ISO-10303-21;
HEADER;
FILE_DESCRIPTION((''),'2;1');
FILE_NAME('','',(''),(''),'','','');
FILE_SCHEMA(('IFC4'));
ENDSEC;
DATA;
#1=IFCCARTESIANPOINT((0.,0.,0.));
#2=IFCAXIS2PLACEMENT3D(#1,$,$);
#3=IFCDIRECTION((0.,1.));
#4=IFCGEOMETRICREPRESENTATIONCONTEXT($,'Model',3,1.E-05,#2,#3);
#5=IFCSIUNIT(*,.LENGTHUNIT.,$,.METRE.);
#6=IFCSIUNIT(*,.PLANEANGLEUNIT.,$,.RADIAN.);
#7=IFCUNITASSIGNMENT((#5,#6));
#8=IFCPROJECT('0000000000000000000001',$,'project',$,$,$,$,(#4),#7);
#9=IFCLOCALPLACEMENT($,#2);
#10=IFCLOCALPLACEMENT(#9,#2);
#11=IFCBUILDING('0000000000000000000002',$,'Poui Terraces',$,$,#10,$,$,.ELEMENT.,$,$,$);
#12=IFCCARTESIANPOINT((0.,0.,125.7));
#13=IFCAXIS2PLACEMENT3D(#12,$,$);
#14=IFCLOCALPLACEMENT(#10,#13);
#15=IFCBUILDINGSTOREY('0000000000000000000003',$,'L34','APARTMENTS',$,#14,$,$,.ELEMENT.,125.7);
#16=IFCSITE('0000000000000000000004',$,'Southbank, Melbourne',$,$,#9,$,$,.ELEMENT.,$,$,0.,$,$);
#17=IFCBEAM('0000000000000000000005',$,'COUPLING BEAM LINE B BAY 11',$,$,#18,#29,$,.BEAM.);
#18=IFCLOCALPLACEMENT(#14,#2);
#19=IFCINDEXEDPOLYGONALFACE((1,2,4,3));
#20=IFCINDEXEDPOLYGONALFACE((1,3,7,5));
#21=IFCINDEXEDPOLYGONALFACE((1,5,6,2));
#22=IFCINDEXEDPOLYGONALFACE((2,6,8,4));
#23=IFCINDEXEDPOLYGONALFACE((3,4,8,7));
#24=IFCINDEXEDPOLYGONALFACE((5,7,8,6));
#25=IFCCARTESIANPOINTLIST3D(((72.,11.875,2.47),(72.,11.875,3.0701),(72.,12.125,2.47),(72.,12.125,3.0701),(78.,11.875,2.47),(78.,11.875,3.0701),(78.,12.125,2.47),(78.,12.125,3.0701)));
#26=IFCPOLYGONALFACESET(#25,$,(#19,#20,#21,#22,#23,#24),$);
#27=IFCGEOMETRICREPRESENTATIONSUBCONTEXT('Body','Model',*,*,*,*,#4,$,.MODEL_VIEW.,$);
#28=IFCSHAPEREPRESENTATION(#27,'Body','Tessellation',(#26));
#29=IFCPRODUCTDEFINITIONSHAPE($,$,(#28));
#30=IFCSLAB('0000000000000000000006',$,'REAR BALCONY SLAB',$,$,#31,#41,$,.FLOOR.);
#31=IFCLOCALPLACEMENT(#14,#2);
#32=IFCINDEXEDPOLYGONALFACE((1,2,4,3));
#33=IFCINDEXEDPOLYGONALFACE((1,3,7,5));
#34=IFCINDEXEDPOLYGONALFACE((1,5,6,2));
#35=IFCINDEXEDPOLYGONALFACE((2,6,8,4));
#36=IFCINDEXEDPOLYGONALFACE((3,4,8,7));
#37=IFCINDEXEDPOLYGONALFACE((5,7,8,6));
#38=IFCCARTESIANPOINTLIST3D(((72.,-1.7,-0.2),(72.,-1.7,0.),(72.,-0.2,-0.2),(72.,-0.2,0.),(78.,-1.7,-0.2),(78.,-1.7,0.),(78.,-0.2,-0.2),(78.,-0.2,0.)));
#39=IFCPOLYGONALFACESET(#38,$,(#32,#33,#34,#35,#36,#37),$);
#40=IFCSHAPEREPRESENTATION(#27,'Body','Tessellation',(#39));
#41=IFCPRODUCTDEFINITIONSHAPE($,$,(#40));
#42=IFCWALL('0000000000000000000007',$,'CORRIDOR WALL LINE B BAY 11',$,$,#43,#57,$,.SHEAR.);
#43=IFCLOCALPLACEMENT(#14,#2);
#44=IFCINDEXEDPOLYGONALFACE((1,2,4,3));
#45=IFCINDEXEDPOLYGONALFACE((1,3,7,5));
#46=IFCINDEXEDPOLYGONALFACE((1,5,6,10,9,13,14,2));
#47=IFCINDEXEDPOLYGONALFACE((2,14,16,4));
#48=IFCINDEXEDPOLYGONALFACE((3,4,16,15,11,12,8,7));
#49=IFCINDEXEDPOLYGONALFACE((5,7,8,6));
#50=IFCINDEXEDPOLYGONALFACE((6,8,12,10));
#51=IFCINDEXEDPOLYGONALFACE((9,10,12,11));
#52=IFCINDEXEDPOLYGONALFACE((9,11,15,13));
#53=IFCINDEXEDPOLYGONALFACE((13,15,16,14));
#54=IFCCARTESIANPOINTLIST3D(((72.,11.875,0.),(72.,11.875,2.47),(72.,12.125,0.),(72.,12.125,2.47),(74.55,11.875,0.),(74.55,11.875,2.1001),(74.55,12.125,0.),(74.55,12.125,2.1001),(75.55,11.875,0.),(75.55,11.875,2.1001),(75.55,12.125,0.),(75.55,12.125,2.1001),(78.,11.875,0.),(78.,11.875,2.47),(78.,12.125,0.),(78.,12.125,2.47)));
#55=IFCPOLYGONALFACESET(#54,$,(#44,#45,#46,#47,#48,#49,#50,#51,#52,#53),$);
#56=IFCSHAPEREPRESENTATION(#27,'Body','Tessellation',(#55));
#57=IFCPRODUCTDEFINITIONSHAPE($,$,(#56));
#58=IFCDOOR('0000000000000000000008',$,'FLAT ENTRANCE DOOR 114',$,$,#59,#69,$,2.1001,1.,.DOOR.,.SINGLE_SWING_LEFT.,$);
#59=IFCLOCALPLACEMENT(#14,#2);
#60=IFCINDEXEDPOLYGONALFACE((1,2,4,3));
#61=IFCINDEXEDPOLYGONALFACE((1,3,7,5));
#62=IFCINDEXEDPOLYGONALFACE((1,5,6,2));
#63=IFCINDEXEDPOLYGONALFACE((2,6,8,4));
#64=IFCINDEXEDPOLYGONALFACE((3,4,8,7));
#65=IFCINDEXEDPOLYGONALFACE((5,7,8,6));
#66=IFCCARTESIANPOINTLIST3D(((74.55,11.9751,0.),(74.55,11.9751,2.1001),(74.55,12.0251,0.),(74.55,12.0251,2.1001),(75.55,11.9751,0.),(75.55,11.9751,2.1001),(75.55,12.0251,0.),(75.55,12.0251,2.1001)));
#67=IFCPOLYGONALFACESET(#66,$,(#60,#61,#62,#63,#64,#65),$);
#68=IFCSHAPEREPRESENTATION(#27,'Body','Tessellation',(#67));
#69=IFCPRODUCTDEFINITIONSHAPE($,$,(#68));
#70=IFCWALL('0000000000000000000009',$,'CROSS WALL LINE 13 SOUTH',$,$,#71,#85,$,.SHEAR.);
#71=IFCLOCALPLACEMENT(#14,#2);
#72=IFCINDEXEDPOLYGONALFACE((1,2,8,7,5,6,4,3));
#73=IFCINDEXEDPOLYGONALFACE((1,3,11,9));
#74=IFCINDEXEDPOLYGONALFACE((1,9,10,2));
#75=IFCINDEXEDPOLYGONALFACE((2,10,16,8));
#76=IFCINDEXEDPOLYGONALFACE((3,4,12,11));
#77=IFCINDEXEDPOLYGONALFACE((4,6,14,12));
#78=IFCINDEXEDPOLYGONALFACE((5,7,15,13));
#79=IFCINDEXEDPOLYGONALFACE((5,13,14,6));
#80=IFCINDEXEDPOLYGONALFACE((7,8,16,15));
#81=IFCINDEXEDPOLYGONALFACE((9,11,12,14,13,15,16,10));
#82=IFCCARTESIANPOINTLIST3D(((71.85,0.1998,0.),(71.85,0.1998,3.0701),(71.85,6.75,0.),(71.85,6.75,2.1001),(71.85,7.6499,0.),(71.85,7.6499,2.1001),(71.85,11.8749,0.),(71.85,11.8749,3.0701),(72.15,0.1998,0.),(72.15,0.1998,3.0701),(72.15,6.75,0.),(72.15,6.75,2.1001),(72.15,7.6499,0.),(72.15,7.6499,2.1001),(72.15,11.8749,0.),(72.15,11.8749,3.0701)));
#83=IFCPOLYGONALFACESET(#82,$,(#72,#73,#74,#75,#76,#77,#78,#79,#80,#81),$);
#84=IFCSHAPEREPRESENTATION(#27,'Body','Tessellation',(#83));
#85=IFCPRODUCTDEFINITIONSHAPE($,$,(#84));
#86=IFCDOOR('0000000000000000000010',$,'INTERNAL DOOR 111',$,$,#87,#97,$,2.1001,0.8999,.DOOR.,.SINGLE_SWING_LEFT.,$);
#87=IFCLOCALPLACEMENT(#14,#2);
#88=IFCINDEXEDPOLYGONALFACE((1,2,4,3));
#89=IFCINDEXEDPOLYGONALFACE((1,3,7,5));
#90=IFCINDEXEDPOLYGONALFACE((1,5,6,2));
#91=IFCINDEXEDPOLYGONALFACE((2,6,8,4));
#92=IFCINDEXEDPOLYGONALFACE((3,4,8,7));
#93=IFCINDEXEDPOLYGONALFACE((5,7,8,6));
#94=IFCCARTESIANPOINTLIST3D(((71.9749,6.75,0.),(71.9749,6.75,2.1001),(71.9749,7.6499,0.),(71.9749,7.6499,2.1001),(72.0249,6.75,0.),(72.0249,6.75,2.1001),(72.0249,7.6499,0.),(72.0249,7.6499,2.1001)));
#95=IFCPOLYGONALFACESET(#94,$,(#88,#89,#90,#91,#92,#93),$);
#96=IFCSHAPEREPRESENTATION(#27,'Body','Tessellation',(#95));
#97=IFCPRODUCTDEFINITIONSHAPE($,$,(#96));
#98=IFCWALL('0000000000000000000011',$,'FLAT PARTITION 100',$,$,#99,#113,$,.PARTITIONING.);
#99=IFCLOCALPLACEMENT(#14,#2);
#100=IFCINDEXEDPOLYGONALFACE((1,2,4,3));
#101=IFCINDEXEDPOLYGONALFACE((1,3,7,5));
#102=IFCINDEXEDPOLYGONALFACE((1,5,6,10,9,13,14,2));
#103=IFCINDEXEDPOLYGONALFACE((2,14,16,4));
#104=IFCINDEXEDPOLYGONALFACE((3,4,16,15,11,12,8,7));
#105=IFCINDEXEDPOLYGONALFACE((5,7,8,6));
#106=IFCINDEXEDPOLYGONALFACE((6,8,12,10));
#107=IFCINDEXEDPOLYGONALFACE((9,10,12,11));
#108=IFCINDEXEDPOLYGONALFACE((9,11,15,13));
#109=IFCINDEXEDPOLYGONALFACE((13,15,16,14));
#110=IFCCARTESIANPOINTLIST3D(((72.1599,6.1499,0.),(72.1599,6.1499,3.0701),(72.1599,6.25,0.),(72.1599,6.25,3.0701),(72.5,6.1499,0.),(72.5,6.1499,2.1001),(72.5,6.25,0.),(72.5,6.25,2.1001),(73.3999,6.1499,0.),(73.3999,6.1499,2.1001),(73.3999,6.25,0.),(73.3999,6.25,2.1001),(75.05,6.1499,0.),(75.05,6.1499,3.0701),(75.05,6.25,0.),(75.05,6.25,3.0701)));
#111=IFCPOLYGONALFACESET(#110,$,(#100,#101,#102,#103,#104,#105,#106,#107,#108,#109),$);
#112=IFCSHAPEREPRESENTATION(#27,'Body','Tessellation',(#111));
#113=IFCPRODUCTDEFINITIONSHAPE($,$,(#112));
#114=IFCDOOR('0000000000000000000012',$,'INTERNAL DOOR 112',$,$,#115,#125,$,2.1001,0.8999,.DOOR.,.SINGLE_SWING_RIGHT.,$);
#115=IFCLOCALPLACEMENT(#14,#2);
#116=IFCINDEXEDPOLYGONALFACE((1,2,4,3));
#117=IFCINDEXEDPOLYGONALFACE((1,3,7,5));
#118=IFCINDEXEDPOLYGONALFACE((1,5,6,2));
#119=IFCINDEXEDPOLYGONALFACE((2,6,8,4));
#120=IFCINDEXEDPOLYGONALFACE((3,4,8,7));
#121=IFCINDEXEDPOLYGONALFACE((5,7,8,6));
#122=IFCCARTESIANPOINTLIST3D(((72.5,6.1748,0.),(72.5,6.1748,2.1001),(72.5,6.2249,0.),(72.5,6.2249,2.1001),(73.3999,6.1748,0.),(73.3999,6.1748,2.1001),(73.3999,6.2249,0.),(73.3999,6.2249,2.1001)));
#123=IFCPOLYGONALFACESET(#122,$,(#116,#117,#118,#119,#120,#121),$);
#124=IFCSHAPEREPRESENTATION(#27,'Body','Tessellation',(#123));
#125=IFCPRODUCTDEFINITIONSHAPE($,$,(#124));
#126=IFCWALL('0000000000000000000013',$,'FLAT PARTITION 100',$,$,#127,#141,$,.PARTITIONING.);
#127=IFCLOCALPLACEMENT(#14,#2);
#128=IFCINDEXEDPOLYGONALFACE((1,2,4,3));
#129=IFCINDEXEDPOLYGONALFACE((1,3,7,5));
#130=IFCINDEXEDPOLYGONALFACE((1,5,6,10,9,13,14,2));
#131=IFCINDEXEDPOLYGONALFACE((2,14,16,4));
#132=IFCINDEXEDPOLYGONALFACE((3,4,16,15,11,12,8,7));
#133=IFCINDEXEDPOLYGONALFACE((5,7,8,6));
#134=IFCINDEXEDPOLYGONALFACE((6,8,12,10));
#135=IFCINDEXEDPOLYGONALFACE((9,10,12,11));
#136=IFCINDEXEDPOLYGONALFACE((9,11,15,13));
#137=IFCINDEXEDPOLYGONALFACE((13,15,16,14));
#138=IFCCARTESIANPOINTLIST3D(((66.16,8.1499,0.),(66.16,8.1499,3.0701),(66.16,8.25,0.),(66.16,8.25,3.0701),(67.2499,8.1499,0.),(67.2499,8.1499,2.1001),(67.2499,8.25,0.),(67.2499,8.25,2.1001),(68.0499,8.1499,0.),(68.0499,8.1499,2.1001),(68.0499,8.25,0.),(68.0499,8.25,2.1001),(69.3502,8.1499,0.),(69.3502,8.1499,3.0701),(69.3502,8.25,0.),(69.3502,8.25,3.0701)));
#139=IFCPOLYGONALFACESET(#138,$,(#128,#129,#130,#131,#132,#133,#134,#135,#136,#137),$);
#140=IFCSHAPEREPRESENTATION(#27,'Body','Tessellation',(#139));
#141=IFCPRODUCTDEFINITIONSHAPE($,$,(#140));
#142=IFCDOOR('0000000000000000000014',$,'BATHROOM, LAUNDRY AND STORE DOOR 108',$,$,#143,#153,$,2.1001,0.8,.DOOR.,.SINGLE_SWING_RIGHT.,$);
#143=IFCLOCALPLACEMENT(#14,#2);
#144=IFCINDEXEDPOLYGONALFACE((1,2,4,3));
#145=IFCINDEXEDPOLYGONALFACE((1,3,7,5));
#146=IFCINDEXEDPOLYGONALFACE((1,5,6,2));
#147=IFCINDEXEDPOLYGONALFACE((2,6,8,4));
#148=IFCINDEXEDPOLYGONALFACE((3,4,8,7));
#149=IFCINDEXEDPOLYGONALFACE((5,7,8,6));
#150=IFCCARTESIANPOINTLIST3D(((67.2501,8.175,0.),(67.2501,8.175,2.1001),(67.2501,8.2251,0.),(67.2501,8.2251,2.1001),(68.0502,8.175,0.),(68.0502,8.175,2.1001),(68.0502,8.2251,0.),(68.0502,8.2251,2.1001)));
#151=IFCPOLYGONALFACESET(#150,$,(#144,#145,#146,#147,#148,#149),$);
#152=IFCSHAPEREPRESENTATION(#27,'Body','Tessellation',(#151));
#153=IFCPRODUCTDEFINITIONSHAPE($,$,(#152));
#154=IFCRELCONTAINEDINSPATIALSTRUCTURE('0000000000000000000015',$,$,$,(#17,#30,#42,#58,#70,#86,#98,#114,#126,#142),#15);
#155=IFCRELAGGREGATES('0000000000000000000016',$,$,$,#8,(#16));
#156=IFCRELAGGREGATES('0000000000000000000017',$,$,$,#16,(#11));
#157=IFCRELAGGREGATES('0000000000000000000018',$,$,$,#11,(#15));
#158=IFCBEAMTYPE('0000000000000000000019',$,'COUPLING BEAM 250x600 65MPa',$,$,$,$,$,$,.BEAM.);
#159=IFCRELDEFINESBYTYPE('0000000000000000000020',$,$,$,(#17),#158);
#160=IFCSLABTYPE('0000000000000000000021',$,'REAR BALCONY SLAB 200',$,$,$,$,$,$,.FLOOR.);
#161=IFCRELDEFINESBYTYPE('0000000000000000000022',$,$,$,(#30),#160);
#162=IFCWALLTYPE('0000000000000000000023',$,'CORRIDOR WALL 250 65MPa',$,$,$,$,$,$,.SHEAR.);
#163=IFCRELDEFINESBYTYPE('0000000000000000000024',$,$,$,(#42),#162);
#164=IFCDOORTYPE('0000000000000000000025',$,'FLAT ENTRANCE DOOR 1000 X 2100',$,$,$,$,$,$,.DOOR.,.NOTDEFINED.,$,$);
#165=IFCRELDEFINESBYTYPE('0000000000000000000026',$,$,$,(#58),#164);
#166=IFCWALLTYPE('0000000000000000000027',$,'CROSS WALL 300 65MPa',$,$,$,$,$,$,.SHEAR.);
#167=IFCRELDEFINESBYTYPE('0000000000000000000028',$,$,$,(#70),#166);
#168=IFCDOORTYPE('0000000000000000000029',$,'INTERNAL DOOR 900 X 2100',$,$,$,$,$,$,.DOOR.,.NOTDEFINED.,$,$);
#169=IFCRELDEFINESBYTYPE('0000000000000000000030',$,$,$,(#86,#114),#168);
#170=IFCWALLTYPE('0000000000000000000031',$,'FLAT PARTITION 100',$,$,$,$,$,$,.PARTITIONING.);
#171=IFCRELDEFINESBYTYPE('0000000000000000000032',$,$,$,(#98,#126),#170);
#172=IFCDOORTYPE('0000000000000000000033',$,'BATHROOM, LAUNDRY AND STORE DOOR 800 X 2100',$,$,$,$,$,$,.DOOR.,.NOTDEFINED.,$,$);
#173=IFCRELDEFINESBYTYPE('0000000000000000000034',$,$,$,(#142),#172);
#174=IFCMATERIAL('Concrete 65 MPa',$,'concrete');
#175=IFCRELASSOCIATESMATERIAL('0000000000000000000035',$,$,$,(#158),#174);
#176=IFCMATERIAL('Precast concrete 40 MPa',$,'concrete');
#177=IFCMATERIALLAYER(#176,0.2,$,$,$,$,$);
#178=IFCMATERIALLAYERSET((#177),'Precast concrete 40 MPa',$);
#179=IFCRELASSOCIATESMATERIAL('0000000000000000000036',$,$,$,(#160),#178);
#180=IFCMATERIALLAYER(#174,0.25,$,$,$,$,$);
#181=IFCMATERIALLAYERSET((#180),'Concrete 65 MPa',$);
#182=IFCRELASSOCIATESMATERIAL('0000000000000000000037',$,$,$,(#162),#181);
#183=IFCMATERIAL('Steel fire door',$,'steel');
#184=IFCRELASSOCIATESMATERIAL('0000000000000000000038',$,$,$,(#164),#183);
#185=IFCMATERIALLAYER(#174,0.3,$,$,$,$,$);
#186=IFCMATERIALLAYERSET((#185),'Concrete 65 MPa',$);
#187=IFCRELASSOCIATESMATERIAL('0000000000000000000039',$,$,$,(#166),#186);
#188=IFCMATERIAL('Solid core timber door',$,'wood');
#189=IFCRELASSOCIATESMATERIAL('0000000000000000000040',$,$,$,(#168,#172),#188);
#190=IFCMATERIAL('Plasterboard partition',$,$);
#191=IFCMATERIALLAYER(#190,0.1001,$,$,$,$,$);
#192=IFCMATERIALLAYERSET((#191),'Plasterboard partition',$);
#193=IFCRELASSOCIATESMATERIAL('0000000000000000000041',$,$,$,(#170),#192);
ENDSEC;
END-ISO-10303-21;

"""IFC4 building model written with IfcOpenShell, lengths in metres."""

from ifc_helpers import new_model, si_unit, direction, frame, frame_2d, origin, origin_2d, place, context, subcontext, project, spatial, polyline, rectangle, outline, extrude, source, transform, mapped, material, layer, layer_set, material_profile, profile_set, type_object, element, fill, save


model = new_model("IFC4")

# Units and contexts
model_context = context("Model", 3, precision=1e-05, world=origin(), true_north=direction((0.0, 1.0)))
body_context = subcontext(model_context, "Body", "Model", "MODEL_VIEW")
ifc_project = project(units=[si_unit("LENGTHUNIT", "METRE"), si_unit("PLANEANGLEUNIT", "RADIAN")], contexts=[model_context])

# Site, building, storey
site_placement = place(None, origin())
site = spatial("IfcSite", under=ifc_project, at=site_placement, Name="Southbank, Melbourne", CompositionType="ELEMENT", RefElevation=0.0)
building_placement = place(site_placement, origin())
building = spatial("IfcBuilding", under=site, at=building_placement, Name="Poui Terraces", CompositionType="ELEMENT")
storey_placement = place(building_placement, frame((0.0, 0.0, 125.7)))
storey = spatial("IfcBuildingStorey", under=building, at=storey_placement, Name="L34", Description="APARTMENTS", CompositionType="ELEMENT", Elevation=125.7)

# Beam
ifc_material_1 = material(Name="Concrete 65 MPa", Category="concrete")
ifc_material_profile_1 = material_profile(ifc_material_1, rectangle(XDim=0.25, YDim=0.6001, at=origin_2d()), Name="RC 250x600")
ifc_profile_set_1 = profile_set([ifc_material_profile_1], Name="Concrete 65 MPa")
beam_type = type_object("IfcBeamType", Name="COUPLING BEAM 250x600 65MPa", PredefinedType="BEAM", material=ifc_profile_set_1)
shared_shape_1 = source(origin(), body_context, "Body", "SweptSolid", [
    extrude(rectangle(XDim=0.25, YDim=0.6001, at=origin_2d()), origin(), (0.0, 0.0, 1.0), 6.0),
])
beam_placement = place(storey_placement, frame((72.0, 12.0, 2.77), z_axis=(1.0, 0.0, 0.0), x_axis=(0.0, 1.0, 0.0)))
element("IfcBeam", 1, at=beam_placement, inside=storey, type_object=beam_type, Name="COUPLING BEAM LINE B BAY 11", PredefinedType="BEAM", context=body_context, shape_type="MappedRepresentation", body=[
    mapped(shared_shape_1, transform((0.0, 0.0, 0.0))),
])

# Slab
ifc_material_2 = material(Name="Precast concrete 40 MPa", Category="concrete")
ifc_layer_1 = layer(ifc_material_2, 0.2)
ifc_layer_set_1 = layer_set([ifc_layer_1], Name="Precast concrete 40 MPa")
slab_type = type_object("IfcSlabType", Name="REAR BALCONY SLAB 200", PredefinedType="FLOOR", material=ifc_layer_set_1)
shared_shape_2 = source(origin(), body_context, "Body", "SweptSolid", [
    extrude(outline(polyline([(0.0, 0.0), (6.0, 0.0), (6.0, 1.5), (0.0, 1.5), (0.0, 0.0)])), origin(), (0.0, 0.0, 1.0), 0.2),
])
slab_placement = place(storey_placement, frame((72.0, -1.7, -0.2)))
element("IfcSlab", 2, at=slab_placement, inside=storey, type_object=slab_type, Name="REAR BALCONY SLAB", PredefinedType="FLOOR", context=body_context, shape_type="MappedRepresentation", body=[
    mapped(shared_shape_2, transform((0.0, 0.0, 0.0))),
])

# Walls, openings, doors
ifc_layer_2 = layer(ifc_material_1, 0.25)
ifc_layer_set_2 = layer_set([ifc_layer_2], Name="Concrete 65 MPa")
wall_type_1 = type_object("IfcWallType", Name="CORRIDOR WALL 250 65MPa", PredefinedType="SHEAR", material=ifc_layer_set_2)
wall_1_placement = place(storey_placement, frame((72.0, 12.0, 0.0), z_axis=(0.0, 0.0, 1.0), x_axis=(1.0, 0.0, 0.0)))
wall_1 = element("IfcWall", 3, at=wall_1_placement, inside=storey, type_object=wall_type_1, Name="CORRIDOR WALL LINE B BAY 11", PredefinedType="SHEAR", context=body_context, shape_type="SweptSolid", body=[
    extrude(rectangle(XDim=6.0, YDim=0.25, at=frame_2d((3.0, 0.0))), origin(), (0.0, 0.0, 1.0), 2.47),
])
opening_1_placement = place(wall_1_placement, frame((2.55, 0.0, 0.0)))
opening_1 = element("IfcOpeningElement", 4, at=opening_1_placement, cuts=wall_1, PredefinedType="OPENING", context=body_context, shape_type="SweptSolid", body=[
    extrude(rectangle(XDim=1.0, YDim=2.1001, at=frame_2d((0.5, 1.05))), frame((0.0, 0.135, 0.0), z_axis=(0.0, -1.0, 0.0), x_axis=(1.0, 0.0, 0.0)), (0.0, 0.0, 1.0), 0.27),
])
ifc_material_3 = material(Name="Steel fire door", Category="steel")
door_type_1 = type_object("IfcDoorType", Name="FLAT ENTRANCE DOOR 1000 X 2100", OperationType="NOTDEFINED", PredefinedType="DOOR", material=ifc_material_3)
door_1_placement = place(opening_1_placement, frame((1.0, 0.0, 0.0), z_axis=(0.0, 0.0, 1.0), x_axis=(-1.0, 0.0, 0.0)))
door_1 = element("IfcDoor", 5, at=door_1_placement, inside=storey, type_object=door_type_1, Name="FLAT ENTRANCE DOOR 114", OperationType="SINGLE_SWING_LEFT", OverallHeight=2.1001, OverallWidth=1.0, PredefinedType="DOOR", context=body_context, shape_type="SweptSolid", body=[
    extrude(rectangle(XDim=1.0, YDim=2.1001, at=frame_2d((0.5, 1.05))), frame((0.0, 0.0249, 0.0), z_axis=(0.0, -1.0, 0.0), x_axis=(1.0, 0.0, 0.0)), (0.0, 0.0, 1.0), 0.05),
])
fill(opening_1, door_1)
ifc_layer_3 = layer(ifc_material_1, 0.3)
ifc_layer_set_3 = layer_set([ifc_layer_3], Name="Concrete 65 MPa")
wall_type_2 = type_object("IfcWallType", Name="CROSS WALL 300 65MPa", PredefinedType="SHEAR", material=ifc_layer_set_3)
wall_2_placement = place(storey_placement, frame((72.0, 0.2, 0.0), z_axis=(0.0, 0.0, 1.0), x_axis=(0.0, 1.0, 0.0)))
wall_2 = element("IfcWall", 6, at=wall_2_placement, inside=storey, type_object=wall_type_2, Name="CROSS WALL LINE 13 SOUTH", PredefinedType="SHEAR", context=body_context, shape_type="SweptSolid", body=[
    extrude(rectangle(XDim=11.675, YDim=0.3, at=frame_2d((5.8374, 0.0))), origin(), (0.0, 0.0, 1.0), 3.0701),
])
opening_2_placement = place(wall_2_placement, frame((6.55, 0.0, 0.0)))
opening_2 = element("IfcOpeningElement", 7, at=opening_2_placement, cuts=wall_2, PredefinedType="OPENING", context=body_context, shape_type="SweptSolid", body=[
    extrude(rectangle(XDim=0.8999, YDim=2.1001, at=frame_2d((0.45, 1.05))), frame((0.0, 0.1602, 0.0), z_axis=(0.0, -1.0, 0.0), x_axis=(1.0, 0.0, 0.0)), (0.0, 0.0, 1.0), 0.3201),
])
ifc_material_4 = material(Name="Solid core timber door", Category="wood")
door_type_2 = type_object("IfcDoorType", Name="INTERNAL DOOR 900 X 2100", OperationType="NOTDEFINED", PredefinedType="DOOR", material=ifc_material_4)
door_2_placement = place(opening_2_placement, frame((0.8999, 0.0, 0.0), z_axis=(0.0, 0.0, 1.0), x_axis=(-1.0, 0.0, 0.0)))
door_2 = element("IfcDoor", 8, at=door_2_placement, inside=storey, type_object=door_type_2, Name="INTERNAL DOOR 111", OperationType="SINGLE_SWING_LEFT", OverallHeight=2.1001, OverallWidth=0.8999, PredefinedType="DOOR", context=body_context, shape_type="SweptSolid", body=[
    extrude(rectangle(XDim=0.8999, YDim=2.1001, at=frame_2d((0.45, 1.05))), frame((0.0, 0.0249, 0.0), z_axis=(0.0, -1.0, 0.0), x_axis=(1.0, 0.0, 0.0)), (0.0, 0.0, 1.0), 0.05),
])
fill(opening_2, door_2)
ifc_material_5 = material(Name="Plasterboard partition")
ifc_layer_4 = layer(ifc_material_5, 0.1001)
ifc_layer_set_4 = layer_set([ifc_layer_4], Name="Plasterboard partition")
wall_type_3 = type_object("IfcWallType", Name="FLAT PARTITION 100", PredefinedType="PARTITIONING", material=ifc_layer_set_4)
wall_3_placement = place(storey_placement, frame((72.1599, 6.2, 0.0), z_axis=(0.0, 0.0, 1.0), x_axis=(1.0, 0.0, 0.0)))
wall_3 = element("IfcWall", 9, at=wall_3_placement, inside=storey, type_object=wall_type_3, Name="FLAT PARTITION 100", PredefinedType="PARTITIONING", context=body_context, shape_type="SweptSolid", body=[
    extrude(rectangle(XDim=2.8901, YDim=0.1001, at=frame_2d((1.4451, 0.0))), origin(), (0.0, 0.0, 1.0), 3.0701),
])
opening_3_placement = place(wall_3_placement, frame((0.3401, 0.0, 0.0)))
opening_3 = element("IfcOpeningElement", 10, at=opening_3_placement, cuts=wall_3, PredefinedType="OPENING", context=body_context, shape_type="SweptSolid", body=[
    extrude(rectangle(XDim=0.8999, YDim=2.1001, at=frame_2d((0.45, 1.05))), frame((0.0, 0.0601, 0.0), z_axis=(0.0, -1.0, 0.0), x_axis=(1.0, 0.0, 0.0)), (0.0, 0.0, 1.0), 0.1201),
])
door_3_placement = place(opening_3_placement, origin())
door_3 = element("IfcDoor", 11, at=door_3_placement, inside=storey, type_object=door_type_2, Name="INTERNAL DOOR 112", OperationType="SINGLE_SWING_RIGHT", OverallHeight=2.1001, OverallWidth=0.8999, PredefinedType="DOOR", context=body_context, shape_type="SweptSolid", body=[
    extrude(rectangle(XDim=0.8999, YDim=2.1001, at=frame_2d((0.45, 1.05))), frame((0.0, 0.0249, 0.0), z_axis=(0.0, -1.0, 0.0), x_axis=(1.0, 0.0, 0.0)), (0.0, 0.0, 1.0), 0.05),
])
fill(opening_3, door_3)
wall_4_placement = place(storey_placement, frame((66.1599, 8.2, 0.0), z_axis=(0.0, 0.0, 1.0), x_axis=(1.0, 0.0, 0.0)))
wall_4 = element("IfcWall", 12, at=wall_4_placement, inside=storey, type_object=wall_type_3, Name="FLAT PARTITION 100", PredefinedType="PARTITIONING", context=body_context, shape_type="SweptSolid", body=[
    extrude(rectangle(XDim=3.1902, YDim=0.1001, at=frame_2d((1.5952, 0.0))), origin(), (0.0, 0.0, 1.0), 3.0701),
])
opening_4_placement = place(wall_4_placement, frame((1.0901, 0.0, 0.0)))
opening_4 = element("IfcOpeningElement", 13, at=opening_4_placement, cuts=wall_4, PredefinedType="OPENING", context=body_context, shape_type="SweptSolid", body=[
    extrude(rectangle(XDim=0.8, YDim=2.1001, at=frame_2d((0.3999, 1.05))), frame((0.0, 0.0601, 0.0), z_axis=(0.0, -1.0, 0.0), x_axis=(1.0, 0.0, 0.0)), (0.0, 0.0, 1.0), 0.1201),
])
door_type_3 = type_object("IfcDoorType", Name="BATHROOM, LAUNDRY AND STORE DOOR 800 X 2100", OperationType="NOTDEFINED", PredefinedType="DOOR", material=ifc_material_4)
door_4_placement = place(opening_4_placement, frame((0.8, 0.0, 0.0), z_axis=(0.0, 0.0, 1.0), x_axis=(-1.0, 0.0, 0.0)))
door_4 = element("IfcDoor", 14, at=door_4_placement, inside=storey, type_object=door_type_3, Name="BATHROOM, LAUNDRY AND STORE DOOR 108", OperationType="SINGLE_SWING_RIGHT", OverallHeight=2.1001, OverallWidth=0.8, PredefinedType="DOOR", context=body_context, shape_type="SweptSolid", body=[
    extrude(rectangle(XDim=0.8, YDim=2.1001, at=frame_2d((0.3999, 1.05))), frame((0.0, 0.0249, 0.0), z_axis=(0.0, -1.0, 0.0), x_axis=(1.0, 0.0, 0.0)), (0.0, 0.0, 1.0), 0.05),
])
fill(opening_4, door_4)

save(model, "model.ifc")
